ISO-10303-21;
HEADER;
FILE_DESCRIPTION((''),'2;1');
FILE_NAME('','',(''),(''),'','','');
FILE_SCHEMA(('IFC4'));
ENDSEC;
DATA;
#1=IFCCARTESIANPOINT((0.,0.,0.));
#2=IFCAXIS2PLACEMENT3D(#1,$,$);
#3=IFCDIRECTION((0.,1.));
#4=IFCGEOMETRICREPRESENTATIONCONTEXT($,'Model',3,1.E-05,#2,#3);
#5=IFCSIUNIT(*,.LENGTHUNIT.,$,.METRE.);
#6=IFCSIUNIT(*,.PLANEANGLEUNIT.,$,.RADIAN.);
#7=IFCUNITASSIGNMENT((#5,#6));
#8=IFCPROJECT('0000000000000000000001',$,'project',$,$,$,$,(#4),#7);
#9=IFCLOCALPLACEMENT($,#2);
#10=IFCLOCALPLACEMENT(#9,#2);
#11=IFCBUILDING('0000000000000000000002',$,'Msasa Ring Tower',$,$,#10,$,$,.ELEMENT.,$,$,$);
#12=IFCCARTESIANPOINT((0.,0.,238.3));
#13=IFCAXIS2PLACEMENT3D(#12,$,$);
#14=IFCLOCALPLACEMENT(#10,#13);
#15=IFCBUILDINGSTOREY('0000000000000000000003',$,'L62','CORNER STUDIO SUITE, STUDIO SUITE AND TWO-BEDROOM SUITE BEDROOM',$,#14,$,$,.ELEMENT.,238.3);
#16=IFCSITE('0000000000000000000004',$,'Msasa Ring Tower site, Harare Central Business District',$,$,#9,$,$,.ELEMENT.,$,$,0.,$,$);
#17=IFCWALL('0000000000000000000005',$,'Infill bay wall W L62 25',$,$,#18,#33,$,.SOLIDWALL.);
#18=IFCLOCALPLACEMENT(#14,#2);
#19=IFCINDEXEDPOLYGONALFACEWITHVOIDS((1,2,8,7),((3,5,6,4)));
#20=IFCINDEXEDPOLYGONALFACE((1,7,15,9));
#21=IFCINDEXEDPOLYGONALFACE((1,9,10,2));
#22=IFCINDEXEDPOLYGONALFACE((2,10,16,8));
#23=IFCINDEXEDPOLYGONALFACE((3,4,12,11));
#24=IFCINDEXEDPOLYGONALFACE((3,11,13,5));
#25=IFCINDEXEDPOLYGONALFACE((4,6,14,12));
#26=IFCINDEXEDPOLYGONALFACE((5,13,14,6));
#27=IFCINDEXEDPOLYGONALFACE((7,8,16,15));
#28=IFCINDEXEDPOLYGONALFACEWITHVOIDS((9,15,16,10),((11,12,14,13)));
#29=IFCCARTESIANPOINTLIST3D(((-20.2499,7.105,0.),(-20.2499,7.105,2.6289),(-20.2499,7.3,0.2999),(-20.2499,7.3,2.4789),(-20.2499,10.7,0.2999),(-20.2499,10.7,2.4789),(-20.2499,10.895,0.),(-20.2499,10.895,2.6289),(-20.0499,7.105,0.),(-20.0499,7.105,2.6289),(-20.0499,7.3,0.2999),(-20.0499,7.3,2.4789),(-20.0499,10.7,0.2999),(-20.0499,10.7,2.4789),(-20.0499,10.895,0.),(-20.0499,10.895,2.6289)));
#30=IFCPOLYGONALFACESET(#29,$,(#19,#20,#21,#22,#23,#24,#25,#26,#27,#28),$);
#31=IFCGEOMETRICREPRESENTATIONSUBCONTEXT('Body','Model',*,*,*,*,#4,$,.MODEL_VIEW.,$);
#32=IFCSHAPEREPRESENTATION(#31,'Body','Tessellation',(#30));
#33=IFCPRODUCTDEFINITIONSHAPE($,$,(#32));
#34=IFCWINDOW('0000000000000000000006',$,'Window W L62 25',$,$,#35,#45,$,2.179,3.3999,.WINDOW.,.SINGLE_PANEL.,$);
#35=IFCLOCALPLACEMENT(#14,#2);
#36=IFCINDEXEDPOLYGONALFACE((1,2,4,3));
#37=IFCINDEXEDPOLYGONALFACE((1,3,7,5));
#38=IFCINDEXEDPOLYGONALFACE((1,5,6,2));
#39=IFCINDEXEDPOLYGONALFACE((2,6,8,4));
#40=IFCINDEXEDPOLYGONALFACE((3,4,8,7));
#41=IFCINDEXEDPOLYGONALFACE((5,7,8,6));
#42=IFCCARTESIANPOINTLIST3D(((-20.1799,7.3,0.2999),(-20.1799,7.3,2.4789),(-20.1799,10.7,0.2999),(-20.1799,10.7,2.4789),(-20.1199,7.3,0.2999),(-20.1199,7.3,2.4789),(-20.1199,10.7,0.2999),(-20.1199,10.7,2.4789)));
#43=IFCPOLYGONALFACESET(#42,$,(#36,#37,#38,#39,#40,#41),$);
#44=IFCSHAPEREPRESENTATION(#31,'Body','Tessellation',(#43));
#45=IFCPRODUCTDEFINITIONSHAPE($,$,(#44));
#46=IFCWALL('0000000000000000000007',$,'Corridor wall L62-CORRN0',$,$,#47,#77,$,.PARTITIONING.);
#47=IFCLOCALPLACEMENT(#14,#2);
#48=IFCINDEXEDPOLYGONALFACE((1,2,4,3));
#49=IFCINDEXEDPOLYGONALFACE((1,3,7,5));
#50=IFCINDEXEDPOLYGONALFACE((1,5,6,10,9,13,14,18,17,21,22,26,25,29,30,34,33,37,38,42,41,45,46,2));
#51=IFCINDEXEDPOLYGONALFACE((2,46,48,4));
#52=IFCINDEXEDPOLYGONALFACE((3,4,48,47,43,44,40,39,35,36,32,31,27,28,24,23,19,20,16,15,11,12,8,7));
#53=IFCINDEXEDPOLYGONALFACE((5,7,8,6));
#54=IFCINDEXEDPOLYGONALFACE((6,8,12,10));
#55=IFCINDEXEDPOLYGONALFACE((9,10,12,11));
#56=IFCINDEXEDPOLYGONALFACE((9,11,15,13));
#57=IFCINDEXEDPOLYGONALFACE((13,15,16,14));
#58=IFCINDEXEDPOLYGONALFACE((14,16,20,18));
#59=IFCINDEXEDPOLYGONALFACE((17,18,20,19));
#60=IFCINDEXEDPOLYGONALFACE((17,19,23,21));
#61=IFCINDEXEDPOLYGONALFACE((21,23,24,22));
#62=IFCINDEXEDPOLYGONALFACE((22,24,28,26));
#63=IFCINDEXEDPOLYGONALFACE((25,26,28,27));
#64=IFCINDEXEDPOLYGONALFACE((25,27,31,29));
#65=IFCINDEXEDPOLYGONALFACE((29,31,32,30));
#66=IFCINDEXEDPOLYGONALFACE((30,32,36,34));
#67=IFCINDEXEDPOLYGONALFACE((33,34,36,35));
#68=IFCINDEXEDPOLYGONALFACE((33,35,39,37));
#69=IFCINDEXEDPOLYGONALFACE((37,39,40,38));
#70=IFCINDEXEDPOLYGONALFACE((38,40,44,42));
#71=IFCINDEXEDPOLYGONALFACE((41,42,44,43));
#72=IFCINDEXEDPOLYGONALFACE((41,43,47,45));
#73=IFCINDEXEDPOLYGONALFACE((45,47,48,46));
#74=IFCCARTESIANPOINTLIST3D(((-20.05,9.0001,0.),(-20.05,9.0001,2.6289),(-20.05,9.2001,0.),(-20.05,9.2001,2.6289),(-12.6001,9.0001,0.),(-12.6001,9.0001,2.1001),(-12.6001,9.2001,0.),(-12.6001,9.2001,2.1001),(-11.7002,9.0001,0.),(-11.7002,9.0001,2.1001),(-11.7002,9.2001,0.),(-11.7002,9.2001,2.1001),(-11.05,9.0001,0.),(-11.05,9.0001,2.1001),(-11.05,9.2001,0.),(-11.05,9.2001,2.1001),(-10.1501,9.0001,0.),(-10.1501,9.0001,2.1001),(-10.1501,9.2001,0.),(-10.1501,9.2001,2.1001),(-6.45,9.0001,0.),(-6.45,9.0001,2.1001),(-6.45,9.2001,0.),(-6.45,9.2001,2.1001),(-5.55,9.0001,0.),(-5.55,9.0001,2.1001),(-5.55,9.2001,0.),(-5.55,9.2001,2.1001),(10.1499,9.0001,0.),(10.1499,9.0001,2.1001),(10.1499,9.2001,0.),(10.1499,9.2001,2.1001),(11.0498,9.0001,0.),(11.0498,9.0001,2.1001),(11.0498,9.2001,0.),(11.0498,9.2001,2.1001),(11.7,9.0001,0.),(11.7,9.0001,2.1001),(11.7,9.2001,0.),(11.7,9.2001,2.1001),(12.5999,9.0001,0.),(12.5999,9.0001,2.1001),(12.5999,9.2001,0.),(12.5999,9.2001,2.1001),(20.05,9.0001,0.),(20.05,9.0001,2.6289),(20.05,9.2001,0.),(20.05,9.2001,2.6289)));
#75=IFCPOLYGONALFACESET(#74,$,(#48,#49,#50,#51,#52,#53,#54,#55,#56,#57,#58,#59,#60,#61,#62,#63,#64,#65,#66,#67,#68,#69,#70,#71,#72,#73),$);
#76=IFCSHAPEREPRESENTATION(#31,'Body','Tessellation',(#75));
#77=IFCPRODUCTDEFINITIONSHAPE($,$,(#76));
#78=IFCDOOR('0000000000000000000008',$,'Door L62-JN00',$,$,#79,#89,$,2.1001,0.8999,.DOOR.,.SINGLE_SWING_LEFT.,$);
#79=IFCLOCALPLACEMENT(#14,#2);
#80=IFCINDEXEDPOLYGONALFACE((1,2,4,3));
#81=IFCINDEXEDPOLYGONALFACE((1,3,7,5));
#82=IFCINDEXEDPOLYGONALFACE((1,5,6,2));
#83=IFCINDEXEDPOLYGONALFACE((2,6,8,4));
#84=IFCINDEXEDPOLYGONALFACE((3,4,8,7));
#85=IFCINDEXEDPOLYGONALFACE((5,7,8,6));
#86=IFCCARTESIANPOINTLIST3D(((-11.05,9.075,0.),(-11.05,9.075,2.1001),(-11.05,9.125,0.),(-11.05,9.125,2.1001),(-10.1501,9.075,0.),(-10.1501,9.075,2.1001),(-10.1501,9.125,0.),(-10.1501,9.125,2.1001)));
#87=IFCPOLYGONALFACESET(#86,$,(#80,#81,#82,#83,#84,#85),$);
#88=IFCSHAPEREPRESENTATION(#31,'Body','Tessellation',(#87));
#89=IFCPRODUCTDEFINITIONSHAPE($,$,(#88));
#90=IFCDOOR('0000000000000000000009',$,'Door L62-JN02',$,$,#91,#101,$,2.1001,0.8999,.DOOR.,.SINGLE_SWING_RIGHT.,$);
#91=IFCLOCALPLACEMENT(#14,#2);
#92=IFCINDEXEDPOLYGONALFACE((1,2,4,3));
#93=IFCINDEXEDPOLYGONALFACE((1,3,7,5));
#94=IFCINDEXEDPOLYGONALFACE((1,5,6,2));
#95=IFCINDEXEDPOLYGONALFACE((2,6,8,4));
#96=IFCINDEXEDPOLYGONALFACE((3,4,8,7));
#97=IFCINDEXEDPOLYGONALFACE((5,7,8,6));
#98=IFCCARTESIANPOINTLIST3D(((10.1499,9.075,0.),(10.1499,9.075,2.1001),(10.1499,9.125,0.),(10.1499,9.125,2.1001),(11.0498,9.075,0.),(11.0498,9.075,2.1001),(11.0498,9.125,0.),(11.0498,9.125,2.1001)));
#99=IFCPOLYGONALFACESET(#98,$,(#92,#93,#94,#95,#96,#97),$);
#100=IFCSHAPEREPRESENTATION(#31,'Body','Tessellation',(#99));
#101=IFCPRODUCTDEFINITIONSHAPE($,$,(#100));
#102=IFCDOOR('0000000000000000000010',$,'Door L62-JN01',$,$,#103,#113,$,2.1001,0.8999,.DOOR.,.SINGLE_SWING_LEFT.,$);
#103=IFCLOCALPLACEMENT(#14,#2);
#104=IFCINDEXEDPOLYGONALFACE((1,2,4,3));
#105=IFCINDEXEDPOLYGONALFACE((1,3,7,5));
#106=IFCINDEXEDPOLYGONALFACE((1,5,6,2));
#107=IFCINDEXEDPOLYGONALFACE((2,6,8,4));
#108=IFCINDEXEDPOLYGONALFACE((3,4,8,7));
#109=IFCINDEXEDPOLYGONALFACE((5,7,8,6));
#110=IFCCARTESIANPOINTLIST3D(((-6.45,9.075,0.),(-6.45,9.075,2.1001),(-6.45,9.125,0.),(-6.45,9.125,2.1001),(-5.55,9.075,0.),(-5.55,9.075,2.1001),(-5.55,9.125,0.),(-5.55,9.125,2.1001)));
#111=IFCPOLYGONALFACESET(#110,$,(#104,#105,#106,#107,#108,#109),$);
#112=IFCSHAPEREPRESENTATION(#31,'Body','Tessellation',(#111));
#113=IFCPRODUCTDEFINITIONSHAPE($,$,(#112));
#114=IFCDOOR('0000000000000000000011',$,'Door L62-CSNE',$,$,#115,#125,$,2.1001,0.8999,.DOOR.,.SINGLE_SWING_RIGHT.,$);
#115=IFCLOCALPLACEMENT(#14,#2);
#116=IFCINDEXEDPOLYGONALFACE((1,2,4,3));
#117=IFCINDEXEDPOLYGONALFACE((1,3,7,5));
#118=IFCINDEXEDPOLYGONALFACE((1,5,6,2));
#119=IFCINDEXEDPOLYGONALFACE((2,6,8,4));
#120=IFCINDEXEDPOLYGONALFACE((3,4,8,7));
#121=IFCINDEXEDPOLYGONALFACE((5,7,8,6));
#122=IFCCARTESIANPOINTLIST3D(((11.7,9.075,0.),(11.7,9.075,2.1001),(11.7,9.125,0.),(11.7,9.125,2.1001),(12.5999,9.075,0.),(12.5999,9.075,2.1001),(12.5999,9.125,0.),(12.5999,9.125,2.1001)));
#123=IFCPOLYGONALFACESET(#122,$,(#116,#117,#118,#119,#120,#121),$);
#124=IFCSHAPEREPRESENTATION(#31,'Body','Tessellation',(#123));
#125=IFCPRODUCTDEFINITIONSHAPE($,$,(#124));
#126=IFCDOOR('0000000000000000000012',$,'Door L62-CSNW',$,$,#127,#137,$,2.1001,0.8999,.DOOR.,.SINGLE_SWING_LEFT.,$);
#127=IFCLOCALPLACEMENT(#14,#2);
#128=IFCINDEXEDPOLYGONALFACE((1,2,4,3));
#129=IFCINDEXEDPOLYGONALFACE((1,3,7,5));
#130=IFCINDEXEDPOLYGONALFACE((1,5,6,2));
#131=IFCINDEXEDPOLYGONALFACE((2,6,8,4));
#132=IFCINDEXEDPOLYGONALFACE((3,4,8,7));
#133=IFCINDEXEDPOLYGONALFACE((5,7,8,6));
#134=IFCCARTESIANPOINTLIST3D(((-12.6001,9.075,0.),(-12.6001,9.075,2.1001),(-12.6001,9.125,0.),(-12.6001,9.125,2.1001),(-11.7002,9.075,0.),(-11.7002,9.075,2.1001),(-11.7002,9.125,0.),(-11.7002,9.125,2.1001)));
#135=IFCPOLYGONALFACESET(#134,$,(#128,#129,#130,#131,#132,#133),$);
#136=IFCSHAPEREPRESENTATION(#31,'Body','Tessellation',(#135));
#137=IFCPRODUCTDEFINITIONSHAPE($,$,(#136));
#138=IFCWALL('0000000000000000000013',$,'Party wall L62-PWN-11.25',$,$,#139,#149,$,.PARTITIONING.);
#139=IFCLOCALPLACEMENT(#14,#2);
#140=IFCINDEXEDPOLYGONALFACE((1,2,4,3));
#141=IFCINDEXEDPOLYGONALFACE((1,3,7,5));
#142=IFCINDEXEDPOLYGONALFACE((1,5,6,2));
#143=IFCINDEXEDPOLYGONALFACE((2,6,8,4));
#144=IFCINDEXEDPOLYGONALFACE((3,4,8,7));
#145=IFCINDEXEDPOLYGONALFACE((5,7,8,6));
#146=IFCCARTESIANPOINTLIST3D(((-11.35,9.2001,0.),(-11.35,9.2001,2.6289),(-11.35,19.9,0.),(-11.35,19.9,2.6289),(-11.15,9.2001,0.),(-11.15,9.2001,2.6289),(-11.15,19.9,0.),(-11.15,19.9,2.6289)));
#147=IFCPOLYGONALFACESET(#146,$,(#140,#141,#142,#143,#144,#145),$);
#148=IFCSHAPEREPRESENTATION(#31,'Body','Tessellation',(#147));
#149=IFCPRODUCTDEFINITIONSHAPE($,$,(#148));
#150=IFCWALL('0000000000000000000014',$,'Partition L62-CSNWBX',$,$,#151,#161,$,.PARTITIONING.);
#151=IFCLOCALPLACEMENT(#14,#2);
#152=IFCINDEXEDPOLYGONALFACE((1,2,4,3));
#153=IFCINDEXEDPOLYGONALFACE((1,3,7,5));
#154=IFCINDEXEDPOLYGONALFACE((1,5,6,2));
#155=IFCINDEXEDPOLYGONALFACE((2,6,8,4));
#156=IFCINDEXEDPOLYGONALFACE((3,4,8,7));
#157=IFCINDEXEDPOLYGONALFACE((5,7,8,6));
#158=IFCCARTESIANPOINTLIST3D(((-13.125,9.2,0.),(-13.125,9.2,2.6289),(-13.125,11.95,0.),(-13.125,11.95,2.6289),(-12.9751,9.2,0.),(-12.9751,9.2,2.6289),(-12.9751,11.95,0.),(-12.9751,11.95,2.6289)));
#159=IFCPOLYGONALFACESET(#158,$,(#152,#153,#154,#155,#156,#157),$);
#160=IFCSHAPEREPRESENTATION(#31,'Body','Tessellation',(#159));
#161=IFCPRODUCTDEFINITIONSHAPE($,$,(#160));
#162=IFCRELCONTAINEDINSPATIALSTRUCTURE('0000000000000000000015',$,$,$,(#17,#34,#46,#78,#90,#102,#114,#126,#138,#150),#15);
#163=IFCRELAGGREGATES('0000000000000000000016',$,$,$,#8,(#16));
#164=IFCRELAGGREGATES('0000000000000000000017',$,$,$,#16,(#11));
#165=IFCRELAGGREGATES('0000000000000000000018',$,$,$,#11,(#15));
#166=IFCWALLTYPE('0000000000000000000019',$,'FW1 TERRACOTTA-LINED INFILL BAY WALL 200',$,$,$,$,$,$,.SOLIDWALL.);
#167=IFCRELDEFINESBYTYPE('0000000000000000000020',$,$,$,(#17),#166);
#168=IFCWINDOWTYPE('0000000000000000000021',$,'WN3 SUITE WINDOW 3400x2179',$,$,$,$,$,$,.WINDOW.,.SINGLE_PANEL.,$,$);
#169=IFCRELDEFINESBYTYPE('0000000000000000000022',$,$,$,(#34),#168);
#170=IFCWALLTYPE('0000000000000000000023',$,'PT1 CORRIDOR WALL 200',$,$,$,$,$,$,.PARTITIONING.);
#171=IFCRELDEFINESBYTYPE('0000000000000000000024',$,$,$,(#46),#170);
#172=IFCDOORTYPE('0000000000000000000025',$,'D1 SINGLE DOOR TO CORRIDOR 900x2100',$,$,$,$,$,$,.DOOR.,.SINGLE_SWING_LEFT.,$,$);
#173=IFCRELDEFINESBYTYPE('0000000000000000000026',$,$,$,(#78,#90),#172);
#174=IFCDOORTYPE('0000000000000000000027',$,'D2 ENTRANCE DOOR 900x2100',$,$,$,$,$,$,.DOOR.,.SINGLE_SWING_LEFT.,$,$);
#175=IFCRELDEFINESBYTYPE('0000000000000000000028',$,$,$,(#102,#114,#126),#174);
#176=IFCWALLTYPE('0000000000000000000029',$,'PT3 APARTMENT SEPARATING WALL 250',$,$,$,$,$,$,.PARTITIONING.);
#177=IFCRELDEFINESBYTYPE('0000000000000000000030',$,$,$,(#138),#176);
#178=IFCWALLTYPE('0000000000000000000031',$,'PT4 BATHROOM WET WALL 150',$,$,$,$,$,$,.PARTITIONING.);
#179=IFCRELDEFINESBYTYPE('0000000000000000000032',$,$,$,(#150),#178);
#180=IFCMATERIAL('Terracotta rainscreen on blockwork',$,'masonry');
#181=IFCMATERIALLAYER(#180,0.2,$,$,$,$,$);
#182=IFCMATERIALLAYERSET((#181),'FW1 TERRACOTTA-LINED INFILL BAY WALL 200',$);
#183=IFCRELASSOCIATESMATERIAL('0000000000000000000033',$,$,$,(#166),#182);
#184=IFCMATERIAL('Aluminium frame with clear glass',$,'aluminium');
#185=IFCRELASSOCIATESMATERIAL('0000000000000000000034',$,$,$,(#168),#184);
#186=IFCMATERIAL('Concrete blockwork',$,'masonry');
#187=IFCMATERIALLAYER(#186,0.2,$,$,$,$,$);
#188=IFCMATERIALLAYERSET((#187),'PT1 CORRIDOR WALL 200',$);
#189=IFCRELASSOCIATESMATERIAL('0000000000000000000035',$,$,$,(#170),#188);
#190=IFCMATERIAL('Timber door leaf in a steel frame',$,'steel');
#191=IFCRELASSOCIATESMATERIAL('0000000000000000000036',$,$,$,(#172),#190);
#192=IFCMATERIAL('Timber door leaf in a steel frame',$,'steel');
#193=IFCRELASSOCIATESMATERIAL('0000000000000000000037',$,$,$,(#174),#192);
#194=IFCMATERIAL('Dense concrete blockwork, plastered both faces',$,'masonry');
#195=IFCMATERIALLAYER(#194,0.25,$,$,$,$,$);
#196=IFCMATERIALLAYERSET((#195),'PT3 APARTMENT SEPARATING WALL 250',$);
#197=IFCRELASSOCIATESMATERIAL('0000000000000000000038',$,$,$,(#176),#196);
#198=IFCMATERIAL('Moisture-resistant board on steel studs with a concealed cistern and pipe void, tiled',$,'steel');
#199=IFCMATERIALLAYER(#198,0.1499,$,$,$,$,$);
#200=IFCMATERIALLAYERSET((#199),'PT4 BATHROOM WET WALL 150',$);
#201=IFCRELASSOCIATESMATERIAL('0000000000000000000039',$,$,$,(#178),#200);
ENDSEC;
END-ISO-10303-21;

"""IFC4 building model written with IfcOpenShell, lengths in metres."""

from ifc_helpers import new_model, si_unit, direction, frame, frame_2d, origin, place, context, subcontext, project, spatial, rectangle, extrude, material, layer, layer_set, type_object, element, fill, save


model = new_model("IFC4")

# Units and contexts
model_context = context("Model", 3, precision=1e-05, world=origin(), true_north=direction((0.0, 1.0)))
body_context = subcontext(model_context, "Body", "Model", "MODEL_VIEW")
ifc_project = project(units=[si_unit("LENGTHUNIT", "METRE"), si_unit("PLANEANGLEUNIT", "RADIAN")], contexts=[model_context])

# Site, building, storey
site_placement = place(None, origin())
site = spatial("IfcSite", under=ifc_project, at=site_placement, Name="Msasa Ring Tower site, Harare Central Business District", CompositionType="ELEMENT", RefElevation=0.0)
building_placement = place(site_placement, origin())
building = spatial("IfcBuilding", under=site, at=building_placement, Name="Msasa Ring Tower", CompositionType="ELEMENT")
storey_placement = place(building_placement, frame((0.0, 0.0, 238.3)))
storey = spatial("IfcBuildingStorey", under=building, at=storey_placement, Name="L62", Description="CORNER STUDIO SUITE, STUDIO SUITE AND TWO-BEDROOM SUITE BEDROOM", CompositionType="ELEMENT", Elevation=238.3)

# Wall, opening, window
ifc_material_1 = material(Name="Terracotta rainscreen on blockwork", Category="masonry")
ifc_layer_1 = layer(ifc_material_1, 0.2)
ifc_layer_set_1 = layer_set([ifc_layer_1], Name="FW1 TERRACOTTA-LINED INFILL BAY WALL 200")
wall_type_1 = type_object("IfcWallType", Name="FW1 TERRACOTTA-LINED INFILL BAY WALL 200", PredefinedType="SOLIDWALL", material=ifc_layer_set_1)
wall_1_placement = place(storey_placement, frame((-20.1499, 7.105, 0.0), z_axis=(0.0, 0.0, 1.0), x_axis=(0.0, 1.0, 0.0)))
wall_1 = element("IfcWall", 1, at=wall_1_placement, inside=storey, type_object=wall_type_1, Name="Infill bay wall W L62 25", PredefinedType="SOLIDWALL", context=body_context, shape_type="SweptSolid", body=[
    extrude(rectangle(XDim=3.79, YDim=0.2, at=frame_2d((1.895, 0.0))), origin(), (0.0, 0.0, 1.0), 2.6289),
])
opening_1_placement = place(wall_1_placement, frame((0.1951, 0.0, 0.3)))
opening_1 = element("IfcOpeningElement", 2, at=opening_1_placement, cuts=wall_1, PredefinedType="OPENING", context=body_context, shape_type="SweptSolid", body=[
    extrude(rectangle(XDim=3.3999, YDim=2.179, at=frame_2d((1.7, 1.0894))), frame((0.0, 0.1099, 0.0), z_axis=(0.0, -1.0, 0.0), x_axis=(1.0, 0.0, 0.0)), (0.0, 0.0, 1.0), 0.22),
])
ifc_material_2 = material(Name="Aluminium frame with clear glass", Category="aluminium")
window_type = type_object("IfcWindowType", Name="WN3 SUITE WINDOW 3400x2179", PartitioningType="SINGLE_PANEL", PredefinedType="WINDOW", material=ifc_material_2)
window_placement = place(opening_1_placement, origin())
window = element("IfcWindow", 3, at=window_placement, inside=storey, type_object=window_type, Name="Window W L62 25", OverallHeight=2.179, OverallWidth=3.3999, PartitioningType="SINGLE_PANEL", PredefinedType="WINDOW", context=body_context, shape_type="SweptSolid", body=[
    extrude(rectangle(XDim=3.3999, YDim=2.179, at=frame_2d((1.7, 1.0894))), frame((0.0, 0.03, 0.0), z_axis=(0.0, -1.0, 0.0), x_axis=(1.0, 0.0, 0.0)), (0.0, 0.0, 1.0), 0.0601),
])
fill(opening_1, window)

# Wall, openings, doors
ifc_material_3 = material(Name="Concrete blockwork", Category="masonry")
ifc_layer_2 = layer(ifc_material_3, 0.2)
ifc_layer_set_2 = layer_set([ifc_layer_2], Name="PT1 CORRIDOR WALL 200")
wall_type_2 = type_object("IfcWallType", Name="PT1 CORRIDOR WALL 200", PredefinedType="PARTITIONING", material=ifc_layer_set_2)
wall_2_placement = place(storey_placement, frame((-20.05, 9.1001, 0.0), z_axis=(0.0, 0.0, 1.0), x_axis=(1.0, 0.0, 0.0)))
wall_2 = element("IfcWall", 4, at=wall_2_placement, inside=storey, type_object=wall_type_2, Name="Corridor wall L62-CORRN0", PredefinedType="PARTITIONING", context=body_context, shape_type="SweptSolid", body=[
    extrude(rectangle(XDim=40.1001, YDim=0.2, at=frame_2d((20.05, 0.0))), origin(), (0.0, 0.0, 1.0), 2.6289),
])
opening_2_placement = place(wall_2_placement, frame((9.0, 0.0, 0.0)))
opening_2 = element("IfcOpeningElement", 5, at=opening_2_placement, cuts=wall_2, PredefinedType="OPENING", context=body_context, shape_type="SweptSolid", body=[
    extrude(rectangle(XDim=0.8999, YDim=2.1001, at=frame_2d((0.45, 1.05))), frame((0.0, 0.1099, 0.0), z_axis=(0.0, -1.0, 0.0), x_axis=(1.0, 0.0, 0.0)), (0.0, 0.0, 1.0), 0.22),
])
opening_3_placement = place(wall_2_placement, frame((13.6001, 0.0, 0.0)))
opening_3 = element("IfcOpeningElement", 6, at=opening_3_placement, cuts=wall_2, PredefinedType="OPENING", context=body_context, shape_type="SweptSolid", body=[
    extrude(rectangle(XDim=0.8999, YDim=2.1001, at=frame_2d((0.45, 1.05))), frame((0.0, 0.1099, 0.0), z_axis=(0.0, -1.0, 0.0), x_axis=(1.0, 0.0, 0.0)), (0.0, 0.0, 1.0), 0.22),
])
opening_4_placement = place(wall_2_placement, frame((30.2, 0.0, 0.0)))
opening_4 = element("IfcOpeningElement", 7, at=opening_4_placement, cuts=wall_2, PredefinedType="OPENING", context=body_context, shape_type="SweptSolid", body=[
    extrude(rectangle(XDim=0.8999, YDim=2.1001, at=frame_2d((0.45, 1.05))), frame((0.0, 0.1099, 0.0), z_axis=(0.0, -1.0, 0.0), x_axis=(1.0, 0.0, 0.0)), (0.0, 0.0, 1.0), 0.22),
])
opening_5_placement = place(wall_2_placement, frame((31.75, 0.0, 0.0)))
opening_5 = element("IfcOpeningElement", 8, at=opening_5_placement, cuts=wall_2, PredefinedType="OPENING", context=body_context, shape_type="SweptSolid", body=[
    extrude(rectangle(XDim=0.8999, YDim=2.1001, at=frame_2d((0.45, 1.05))), frame((0.0, 0.1099, 0.0), z_axis=(0.0, -1.0, 0.0), x_axis=(1.0, 0.0, 0.0)), (0.0, 0.0, 1.0), 0.22),
])
opening_6_placement = place(wall_2_placement, frame((7.45, 0.0, 0.0)))
opening_6 = element("IfcOpeningElement", 9, at=opening_6_placement, cuts=wall_2, PredefinedType="OPENING", context=body_context, shape_type="SweptSolid", body=[
    extrude(rectangle(XDim=0.8999, YDim=2.1001, at=frame_2d((0.45, 1.05))), frame((0.0, 0.1099, 0.0), z_axis=(0.0, -1.0, 0.0), x_axis=(1.0, 0.0, 0.0)), (0.0, 0.0, 1.0), 0.22),
])
ifc_material_4 = material(Name="Timber door leaf in a steel frame", Category="steel")
door_type_1 = type_object("IfcDoorType", Name="D1 SINGLE DOOR TO CORRIDOR 900x2100", OperationType="SINGLE_SWING_LEFT", PredefinedType="DOOR", material=ifc_material_4)
door_1_placement = place(opening_2_placement, origin())
door_1 = element("IfcDoor", 10, at=door_1_placement, inside=storey, type_object=door_type_1, Name="Door L62-JN00", OperationType="SINGLE_SWING_LEFT", OverallHeight=2.1001, OverallWidth=0.8999, PredefinedType="DOOR", context=body_context, shape_type="SweptSolid", body=[
    extrude(rectangle(XDim=0.8999, YDim=2.1001, at=frame_2d((0.45, 1.05))), frame((0.0, 0.0249, 0.0), z_axis=(0.0, -1.0, 0.0), x_axis=(1.0, 0.0, 0.0)), (0.0, 0.0, 1.0), 0.05),
])
fill(opening_2, door_1)
door_2_placement = place(opening_4_placement, origin())
door_2 = element("IfcDoor", 11, at=door_2_placement, inside=storey, type_object=door_type_1, Name="Door L62-JN02", OperationType="SINGLE_SWING_RIGHT", OverallHeight=2.1001, OverallWidth=0.8999, PredefinedType="DOOR", context=body_context, shape_type="SweptSolid", body=[
    extrude(rectangle(XDim=0.8999, YDim=2.1001, at=frame_2d((0.45, 1.05))), frame((0.0, 0.0249, 0.0), z_axis=(0.0, -1.0, 0.0), x_axis=(1.0, 0.0, 0.0)), (0.0, 0.0, 1.0), 0.05),
])
fill(opening_4, door_2)
ifc_material_5 = material(Name="Timber door leaf in a steel frame", Category="steel")
door_type_2 = type_object("IfcDoorType", Name="D2 ENTRANCE DOOR 900x2100", OperationType="SINGLE_SWING_LEFT", PredefinedType="DOOR", material=ifc_material_5)
door_3_placement = place(opening_3_placement, origin())
door_3 = element("IfcDoor", 12, at=door_3_placement, inside=storey, type_object=door_type_2, Name="Door L62-JN01", OperationType="SINGLE_SWING_LEFT", OverallHeight=2.1001, OverallWidth=0.8999, PredefinedType="DOOR", context=body_context, shape_type="SweptSolid", body=[
    extrude(rectangle(XDim=0.8999, YDim=2.1001, at=frame_2d((0.45, 1.05))), frame((0.0, 0.0249, 0.0), z_axis=(0.0, -1.0, 0.0), x_axis=(1.0, 0.0, 0.0)), (0.0, 0.0, 1.0), 0.05),
])
fill(opening_3, door_3)
door_4_placement = place(opening_5_placement, origin())
door_4 = element("IfcDoor", 13, at=door_4_placement, inside=storey, type_object=door_type_2, Name="Door L62-CSNE", OperationType="SINGLE_SWING_RIGHT", OverallHeight=2.1001, OverallWidth=0.8999, PredefinedType="DOOR", context=body_context, shape_type="SweptSolid", body=[
    extrude(rectangle(XDim=0.8999, YDim=2.1001, at=frame_2d((0.45, 1.05))), frame((0.0, 0.0249, 0.0), z_axis=(0.0, -1.0, 0.0), x_axis=(1.0, 0.0, 0.0)), (0.0, 0.0, 1.0), 0.05),
])
fill(opening_5, door_4)
door_5_placement = place(opening_6_placement, origin())
door_5 = element("IfcDoor", 14, at=door_5_placement, inside=storey, type_object=door_type_2, Name="Door L62-CSNW", OperationType="SINGLE_SWING_LEFT", OverallHeight=2.1001, OverallWidth=0.8999, PredefinedType="DOOR", context=body_context, shape_type="SweptSolid", body=[
    extrude(rectangle(XDim=0.8999, YDim=2.1001, at=frame_2d((0.45, 1.05))), frame((0.0, 0.0249, 0.0), z_axis=(0.0, -1.0, 0.0), x_axis=(1.0, 0.0, 0.0)), (0.0, 0.0, 1.0), 0.05),
])
fill(opening_6, door_5)

# Walls
ifc_material_6 = material(Name="Dense concrete blockwork, plastered both faces", Category="masonry")
ifc_layer_3 = layer(ifc_material_6, 0.25)
ifc_layer_set_3 = layer_set([ifc_layer_3], Name="PT3 APARTMENT SEPARATING WALL 250")
wall_type_3 = type_object("IfcWallType", Name="PT3 APARTMENT SEPARATING WALL 250", PredefinedType="PARTITIONING", material=ifc_layer_set_3)
wall_3_placement = place(storey_placement, frame((-11.25, 9.2, 0.0), z_axis=(0.0, 0.0, 1.0), x_axis=(0.0, 1.0, 0.0)))
element("IfcWall", 15, at=wall_3_placement, inside=storey, type_object=wall_type_3, Name="Party wall L62-PWN-11.25", PredefinedType="PARTITIONING", context=body_context, shape_type="SweptSolid", body=[
    extrude(rectangle(XDim=10.7, YDim=0.2, at=frame_2d((5.3501, 0.0))), origin(), (0.0, 0.0, 1.0), 2.6289),
])
ifc_material_7 = material(Name="Moisture-resistant board on steel studs with a concealed cistern and pipe void, tiled", Category="steel")
ifc_layer_4 = layer(ifc_material_7, 0.1499)
ifc_layer_set_4 = layer_set([ifc_layer_4], Name="PT4 BATHROOM WET WALL 150")
wall_type_4 = type_object("IfcWallType", Name="PT4 BATHROOM WET WALL 150", PredefinedType="PARTITIONING", material=ifc_layer_set_4)
wall_4_placement = place(storey_placement, frame((-13.05, 9.2, 0.0), z_axis=(0.0, 0.0, 1.0), x_axis=(0.0, 1.0, 0.0)))
element("IfcWall", 16, at=wall_4_placement, inside=storey, type_object=wall_type_4, Name="Partition L62-CSNWBX", PredefinedType="PARTITIONING", context=body_context, shape_type="SweptSolid", body=[
    extrude(rectangle(XDim=2.75, YDim=0.1499, at=frame_2d((1.375, 0.0))), origin(), (0.0, 0.0, 1.0), 2.6289),
])

save(model, "model.ifc")
